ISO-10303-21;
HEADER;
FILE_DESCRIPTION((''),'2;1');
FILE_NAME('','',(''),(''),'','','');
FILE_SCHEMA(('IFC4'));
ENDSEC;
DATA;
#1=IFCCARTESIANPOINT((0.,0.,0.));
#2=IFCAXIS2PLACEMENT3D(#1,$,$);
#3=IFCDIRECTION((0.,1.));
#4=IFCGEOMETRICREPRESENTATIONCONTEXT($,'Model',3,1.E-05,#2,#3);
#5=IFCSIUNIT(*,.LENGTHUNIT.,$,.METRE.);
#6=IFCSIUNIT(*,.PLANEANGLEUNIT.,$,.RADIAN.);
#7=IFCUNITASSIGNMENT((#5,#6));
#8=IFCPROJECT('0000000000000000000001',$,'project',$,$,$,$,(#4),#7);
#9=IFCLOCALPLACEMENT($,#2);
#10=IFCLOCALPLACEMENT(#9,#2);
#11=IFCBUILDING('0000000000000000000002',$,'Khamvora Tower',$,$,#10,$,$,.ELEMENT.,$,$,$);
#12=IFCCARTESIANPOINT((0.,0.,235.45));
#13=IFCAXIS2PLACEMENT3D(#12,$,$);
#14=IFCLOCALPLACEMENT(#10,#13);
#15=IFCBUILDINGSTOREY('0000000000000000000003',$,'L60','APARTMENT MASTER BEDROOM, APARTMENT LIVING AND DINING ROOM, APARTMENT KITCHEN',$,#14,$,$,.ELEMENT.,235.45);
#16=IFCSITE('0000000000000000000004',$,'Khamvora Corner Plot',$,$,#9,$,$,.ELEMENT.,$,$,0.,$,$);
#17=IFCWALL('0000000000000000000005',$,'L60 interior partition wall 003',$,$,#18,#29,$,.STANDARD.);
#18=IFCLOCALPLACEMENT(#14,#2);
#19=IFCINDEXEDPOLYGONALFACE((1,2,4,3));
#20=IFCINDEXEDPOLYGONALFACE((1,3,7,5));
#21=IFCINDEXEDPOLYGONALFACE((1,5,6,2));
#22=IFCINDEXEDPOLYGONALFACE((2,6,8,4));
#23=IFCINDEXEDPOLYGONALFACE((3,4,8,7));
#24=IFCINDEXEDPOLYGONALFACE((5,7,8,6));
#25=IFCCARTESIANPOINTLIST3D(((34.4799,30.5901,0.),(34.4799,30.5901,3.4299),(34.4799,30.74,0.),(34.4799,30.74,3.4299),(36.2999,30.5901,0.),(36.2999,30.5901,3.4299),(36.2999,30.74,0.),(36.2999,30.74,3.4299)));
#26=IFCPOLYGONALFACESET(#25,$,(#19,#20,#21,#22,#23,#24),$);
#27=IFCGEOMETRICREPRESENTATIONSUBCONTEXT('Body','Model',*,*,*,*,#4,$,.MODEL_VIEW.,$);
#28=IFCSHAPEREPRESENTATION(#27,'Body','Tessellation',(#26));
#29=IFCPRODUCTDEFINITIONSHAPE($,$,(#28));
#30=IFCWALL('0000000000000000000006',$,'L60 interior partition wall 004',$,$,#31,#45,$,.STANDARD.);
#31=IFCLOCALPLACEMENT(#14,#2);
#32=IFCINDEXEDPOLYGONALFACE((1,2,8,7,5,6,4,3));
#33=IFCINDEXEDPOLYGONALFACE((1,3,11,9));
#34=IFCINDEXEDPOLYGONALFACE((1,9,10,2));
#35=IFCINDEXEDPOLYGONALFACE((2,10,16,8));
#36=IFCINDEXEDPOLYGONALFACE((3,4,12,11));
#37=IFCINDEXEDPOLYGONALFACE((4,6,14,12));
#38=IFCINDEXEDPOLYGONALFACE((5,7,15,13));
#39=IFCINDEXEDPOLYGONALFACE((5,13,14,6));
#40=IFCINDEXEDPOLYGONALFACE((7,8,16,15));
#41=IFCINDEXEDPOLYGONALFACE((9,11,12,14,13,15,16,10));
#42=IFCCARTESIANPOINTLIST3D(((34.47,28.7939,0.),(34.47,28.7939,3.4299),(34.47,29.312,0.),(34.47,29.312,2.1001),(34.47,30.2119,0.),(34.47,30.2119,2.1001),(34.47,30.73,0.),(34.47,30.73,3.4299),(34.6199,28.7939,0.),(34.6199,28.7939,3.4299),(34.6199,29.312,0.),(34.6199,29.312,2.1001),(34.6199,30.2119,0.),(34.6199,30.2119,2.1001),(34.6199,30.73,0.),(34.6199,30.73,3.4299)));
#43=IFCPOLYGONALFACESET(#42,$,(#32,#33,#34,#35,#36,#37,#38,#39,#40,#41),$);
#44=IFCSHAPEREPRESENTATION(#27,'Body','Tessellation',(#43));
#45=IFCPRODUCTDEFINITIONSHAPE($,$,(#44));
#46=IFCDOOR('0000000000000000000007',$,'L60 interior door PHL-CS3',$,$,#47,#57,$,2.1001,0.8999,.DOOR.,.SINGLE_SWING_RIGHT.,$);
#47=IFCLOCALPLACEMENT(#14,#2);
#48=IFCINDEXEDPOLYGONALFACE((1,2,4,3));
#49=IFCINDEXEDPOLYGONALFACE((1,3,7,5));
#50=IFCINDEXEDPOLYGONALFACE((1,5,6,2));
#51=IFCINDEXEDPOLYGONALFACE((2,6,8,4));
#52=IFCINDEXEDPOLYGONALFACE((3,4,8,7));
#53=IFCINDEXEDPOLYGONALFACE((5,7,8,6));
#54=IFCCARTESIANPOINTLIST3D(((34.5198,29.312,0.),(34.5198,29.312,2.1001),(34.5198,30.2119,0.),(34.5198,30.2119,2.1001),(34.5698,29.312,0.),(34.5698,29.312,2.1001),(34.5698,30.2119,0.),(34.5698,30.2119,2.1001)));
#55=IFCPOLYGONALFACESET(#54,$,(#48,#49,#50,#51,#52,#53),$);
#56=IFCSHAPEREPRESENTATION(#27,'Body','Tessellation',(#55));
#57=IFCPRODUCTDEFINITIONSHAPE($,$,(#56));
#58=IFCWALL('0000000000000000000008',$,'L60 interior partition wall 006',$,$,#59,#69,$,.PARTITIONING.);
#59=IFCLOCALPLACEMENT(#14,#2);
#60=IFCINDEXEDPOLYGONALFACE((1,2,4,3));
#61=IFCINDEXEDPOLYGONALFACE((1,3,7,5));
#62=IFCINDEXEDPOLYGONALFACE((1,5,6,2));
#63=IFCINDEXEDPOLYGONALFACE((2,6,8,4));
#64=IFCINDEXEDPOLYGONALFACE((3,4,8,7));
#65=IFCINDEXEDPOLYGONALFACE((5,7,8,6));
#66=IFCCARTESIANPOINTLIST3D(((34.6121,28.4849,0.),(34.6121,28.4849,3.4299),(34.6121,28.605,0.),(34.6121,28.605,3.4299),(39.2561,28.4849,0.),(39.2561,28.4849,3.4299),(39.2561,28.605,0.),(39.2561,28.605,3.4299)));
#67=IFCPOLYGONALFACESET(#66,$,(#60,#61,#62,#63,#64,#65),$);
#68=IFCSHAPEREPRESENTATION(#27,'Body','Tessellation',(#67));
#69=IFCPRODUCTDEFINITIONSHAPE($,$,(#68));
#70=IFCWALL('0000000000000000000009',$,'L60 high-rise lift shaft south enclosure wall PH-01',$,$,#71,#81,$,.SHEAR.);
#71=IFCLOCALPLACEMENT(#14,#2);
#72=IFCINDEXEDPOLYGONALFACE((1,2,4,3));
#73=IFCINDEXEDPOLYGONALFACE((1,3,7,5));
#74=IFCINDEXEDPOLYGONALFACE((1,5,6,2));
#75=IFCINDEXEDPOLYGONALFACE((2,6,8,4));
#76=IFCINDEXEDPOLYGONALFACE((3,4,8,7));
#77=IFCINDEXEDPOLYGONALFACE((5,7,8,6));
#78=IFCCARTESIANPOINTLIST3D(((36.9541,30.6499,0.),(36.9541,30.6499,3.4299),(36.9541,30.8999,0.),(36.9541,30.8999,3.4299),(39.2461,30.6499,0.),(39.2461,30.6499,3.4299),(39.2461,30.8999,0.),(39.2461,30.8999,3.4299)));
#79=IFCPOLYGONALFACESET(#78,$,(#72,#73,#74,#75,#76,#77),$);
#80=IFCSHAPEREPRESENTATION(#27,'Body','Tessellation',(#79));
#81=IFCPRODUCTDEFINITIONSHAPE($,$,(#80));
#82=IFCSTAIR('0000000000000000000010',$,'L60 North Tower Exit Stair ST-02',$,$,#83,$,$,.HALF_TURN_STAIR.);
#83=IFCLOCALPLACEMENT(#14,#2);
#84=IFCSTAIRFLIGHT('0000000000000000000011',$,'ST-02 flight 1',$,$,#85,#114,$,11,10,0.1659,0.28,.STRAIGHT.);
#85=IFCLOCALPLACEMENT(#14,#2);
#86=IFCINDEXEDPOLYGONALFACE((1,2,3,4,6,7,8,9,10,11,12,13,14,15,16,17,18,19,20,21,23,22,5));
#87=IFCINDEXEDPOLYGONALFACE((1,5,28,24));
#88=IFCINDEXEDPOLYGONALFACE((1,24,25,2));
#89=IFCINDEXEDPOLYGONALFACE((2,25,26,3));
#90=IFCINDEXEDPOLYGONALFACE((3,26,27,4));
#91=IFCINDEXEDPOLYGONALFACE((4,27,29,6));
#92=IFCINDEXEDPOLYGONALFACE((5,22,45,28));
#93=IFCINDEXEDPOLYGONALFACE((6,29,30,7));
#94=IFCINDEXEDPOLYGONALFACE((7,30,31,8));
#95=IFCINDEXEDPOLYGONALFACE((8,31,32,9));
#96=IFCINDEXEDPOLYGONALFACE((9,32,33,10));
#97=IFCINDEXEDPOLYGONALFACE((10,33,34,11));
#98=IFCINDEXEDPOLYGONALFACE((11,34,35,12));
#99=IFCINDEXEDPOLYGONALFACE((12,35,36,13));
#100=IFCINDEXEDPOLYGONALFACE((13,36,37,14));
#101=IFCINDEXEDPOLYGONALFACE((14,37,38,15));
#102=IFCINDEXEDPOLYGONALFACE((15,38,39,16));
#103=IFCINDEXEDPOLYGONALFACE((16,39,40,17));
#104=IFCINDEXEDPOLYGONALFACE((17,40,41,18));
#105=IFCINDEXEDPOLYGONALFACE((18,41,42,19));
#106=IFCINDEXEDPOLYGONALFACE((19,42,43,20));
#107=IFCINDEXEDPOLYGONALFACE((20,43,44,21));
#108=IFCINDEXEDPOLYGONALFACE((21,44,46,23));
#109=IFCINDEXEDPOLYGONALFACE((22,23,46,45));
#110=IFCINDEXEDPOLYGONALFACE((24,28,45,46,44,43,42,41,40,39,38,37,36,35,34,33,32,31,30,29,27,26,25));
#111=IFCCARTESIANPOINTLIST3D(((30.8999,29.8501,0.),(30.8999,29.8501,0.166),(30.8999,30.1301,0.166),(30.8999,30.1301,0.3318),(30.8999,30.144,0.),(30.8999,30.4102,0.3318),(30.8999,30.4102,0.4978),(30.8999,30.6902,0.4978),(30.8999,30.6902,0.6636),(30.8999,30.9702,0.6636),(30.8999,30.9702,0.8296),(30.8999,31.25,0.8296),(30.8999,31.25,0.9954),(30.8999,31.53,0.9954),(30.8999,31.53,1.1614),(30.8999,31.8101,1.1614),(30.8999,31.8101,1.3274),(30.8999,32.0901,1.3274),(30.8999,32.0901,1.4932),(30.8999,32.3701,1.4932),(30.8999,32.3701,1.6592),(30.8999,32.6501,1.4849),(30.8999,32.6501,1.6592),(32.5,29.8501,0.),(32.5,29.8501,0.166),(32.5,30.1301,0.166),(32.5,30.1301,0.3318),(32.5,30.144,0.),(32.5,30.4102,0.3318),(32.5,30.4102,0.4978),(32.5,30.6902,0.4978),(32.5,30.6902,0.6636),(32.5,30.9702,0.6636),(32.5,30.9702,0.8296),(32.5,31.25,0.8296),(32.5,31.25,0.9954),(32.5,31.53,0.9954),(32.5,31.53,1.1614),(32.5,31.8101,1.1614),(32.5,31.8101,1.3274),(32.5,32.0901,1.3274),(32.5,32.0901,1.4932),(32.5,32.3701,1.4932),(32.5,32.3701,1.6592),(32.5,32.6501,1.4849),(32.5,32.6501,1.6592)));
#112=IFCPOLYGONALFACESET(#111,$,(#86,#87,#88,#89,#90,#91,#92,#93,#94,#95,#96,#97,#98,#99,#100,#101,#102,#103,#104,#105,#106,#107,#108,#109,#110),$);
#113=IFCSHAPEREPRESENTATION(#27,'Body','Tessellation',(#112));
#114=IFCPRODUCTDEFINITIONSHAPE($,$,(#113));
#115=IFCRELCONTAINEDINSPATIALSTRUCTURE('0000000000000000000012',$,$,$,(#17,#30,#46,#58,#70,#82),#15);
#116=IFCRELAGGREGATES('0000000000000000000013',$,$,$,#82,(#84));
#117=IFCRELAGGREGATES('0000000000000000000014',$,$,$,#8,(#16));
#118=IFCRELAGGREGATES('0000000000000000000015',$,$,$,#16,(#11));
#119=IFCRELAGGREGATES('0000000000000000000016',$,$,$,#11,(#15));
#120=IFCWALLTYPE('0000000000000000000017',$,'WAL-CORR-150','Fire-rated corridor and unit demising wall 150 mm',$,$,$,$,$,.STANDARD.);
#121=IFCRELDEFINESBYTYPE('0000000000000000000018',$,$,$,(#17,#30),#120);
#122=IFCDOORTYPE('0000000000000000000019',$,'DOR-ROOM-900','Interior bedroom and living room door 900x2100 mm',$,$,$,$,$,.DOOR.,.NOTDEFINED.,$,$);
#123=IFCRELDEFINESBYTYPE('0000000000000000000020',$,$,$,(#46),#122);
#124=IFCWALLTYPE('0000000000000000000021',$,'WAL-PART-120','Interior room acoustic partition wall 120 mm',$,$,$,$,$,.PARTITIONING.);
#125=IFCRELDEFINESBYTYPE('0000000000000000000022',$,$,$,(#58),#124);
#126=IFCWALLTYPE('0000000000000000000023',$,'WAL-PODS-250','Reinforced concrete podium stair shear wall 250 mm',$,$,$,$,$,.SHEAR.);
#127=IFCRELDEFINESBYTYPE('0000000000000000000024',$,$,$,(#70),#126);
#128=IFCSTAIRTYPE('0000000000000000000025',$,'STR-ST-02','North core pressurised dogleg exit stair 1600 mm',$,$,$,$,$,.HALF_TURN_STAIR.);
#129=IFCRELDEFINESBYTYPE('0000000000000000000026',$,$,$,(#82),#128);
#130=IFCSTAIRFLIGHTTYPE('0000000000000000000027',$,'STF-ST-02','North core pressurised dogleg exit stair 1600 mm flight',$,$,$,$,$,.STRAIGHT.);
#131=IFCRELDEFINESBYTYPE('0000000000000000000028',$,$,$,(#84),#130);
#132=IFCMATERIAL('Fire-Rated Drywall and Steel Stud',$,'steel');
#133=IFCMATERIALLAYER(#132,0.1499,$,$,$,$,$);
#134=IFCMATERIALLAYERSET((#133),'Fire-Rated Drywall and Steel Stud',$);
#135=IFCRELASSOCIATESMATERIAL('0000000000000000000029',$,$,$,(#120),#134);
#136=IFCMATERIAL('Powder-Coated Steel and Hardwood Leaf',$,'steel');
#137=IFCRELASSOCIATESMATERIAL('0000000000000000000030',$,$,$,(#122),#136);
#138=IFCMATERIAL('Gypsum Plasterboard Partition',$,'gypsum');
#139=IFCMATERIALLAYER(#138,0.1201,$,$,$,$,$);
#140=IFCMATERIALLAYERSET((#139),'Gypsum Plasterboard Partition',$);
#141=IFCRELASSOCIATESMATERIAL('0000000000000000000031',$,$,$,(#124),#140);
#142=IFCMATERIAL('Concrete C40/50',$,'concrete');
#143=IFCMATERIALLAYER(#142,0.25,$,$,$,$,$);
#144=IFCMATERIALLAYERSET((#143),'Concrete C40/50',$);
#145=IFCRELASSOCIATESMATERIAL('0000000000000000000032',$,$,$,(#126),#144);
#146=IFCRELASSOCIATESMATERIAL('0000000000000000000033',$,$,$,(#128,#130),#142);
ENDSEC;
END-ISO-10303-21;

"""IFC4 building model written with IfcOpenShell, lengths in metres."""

from ifc_helpers import new_model, si_unit, direction, frame, frame_2d, origin, place, context, subcontext, project, spatial, polyline, rectangle, outline, extrude, material, layer, layer_set, type_object, element, fill, aggregate, save


model = new_model("IFC4")

# Units and contexts
model_context = context("Model", 3, precision=1e-05, world=origin(), true_north=direction((0.0, 1.0)))
body_context = subcontext(model_context, "Body", "Model", "MODEL_VIEW")
ifc_project = project(units=[si_unit("LENGTHUNIT", "METRE"), si_unit("PLANEANGLEUNIT", "RADIAN")], contexts=[model_context])

# Site, building, storey
site_placement = place(None, origin())
site = spatial("IfcSite", under=ifc_project, at=site_placement, Name="Khamvora Corner Plot", CompositionType="ELEMENT", RefElevation=0.0)
building_placement = place(site_placement, origin())
building = spatial("IfcBuilding", under=site, at=building_placement, Name="Khamvora Tower", CompositionType="ELEMENT")
storey_placement = place(building_placement, frame((0.0, 0.0, 235.45)))
storey = spatial("IfcBuildingStorey", under=building, at=storey_placement, Name="L60", Description="APARTMENT MASTER BEDROOM, APARTMENT LIVING AND DINING ROOM, APARTMENT KITCHEN", CompositionType="ELEMENT", Elevation=235.45)

# Shared definitions
ifc_material_1 = material(Name="Powder-Coated Steel and Hardwood Leaf", Category="steel")

# Shared definitions
ifc_material_2 = material(Name="Fire-Rated Drywall and Steel Stud", Category="steel")
ifc_layer_1 = layer(ifc_material_2, 0.1499)
ifc_layer_set_1 = layer_set([ifc_layer_1], Name="Fire-Rated Drywall and Steel Stud")
wall_type_1 = type_object("IfcWallType", Name="WAL-CORR-150", Description="Fire-rated corridor and unit demising wall 150 mm", PredefinedType="STANDARD", material=ifc_layer_set_1)
door_type_1 = type_object("IfcDoorType", Name="DOR-ROOM-900", Description="Interior bedroom and living room door 900x2100 mm", OperationType="NOTDEFINED", PredefinedType="DOOR", material=ifc_material_1)

# Wall
wall_1_placement = place(storey_placement, frame((36.3, 30.665, 0.0), z_axis=(0.0, 0.0, 1.0), x_axis=(-1.0, 0.0, 0.0)))
element("IfcWall", 1, at=wall_1_placement, inside=storey, type_object=wall_type_1, Name="L60 interior partition wall 003", PredefinedType="STANDARD", context=body_context, shape_type="SweptSolid", body=[
    extrude(rectangle(XDim=1.8201, YDim=0.1499, at=frame_2d((0.9102, 0.0))), origin(), (0.0, 0.0, 1.0), 3.4299),
])

# Wall, opening, door
wall_2_placement = place(storey_placement, frame((34.5449, 30.73, 0.0), z_axis=(0.0, 0.0, 1.0), x_axis=(0.0, -1.0, 0.0)))
wall_2 = element("IfcWall", 2, at=wall_2_placement, inside=storey, type_object=wall_type_1, Name="L60 interior partition wall 004", PredefinedType="STANDARD", context=body_context, shape_type="SweptSolid", body=[
    extrude(rectangle(XDim=1.936, YDim=0.1499, at=frame_2d((0.968, 0.0))), origin(), (0.0, 0.0, 1.0), 3.4299),
])
opening_1_placement = place(wall_2_placement, frame((0.5181, 0.0, 0.0)))
opening_1 = element("IfcOpeningElement", 3, at=opening_1_placement, cuts=wall_2, PredefinedType="OPENING", context=body_context, shape_type="SweptSolid", body=[
    extrude(rectangle(XDim=0.8999, YDim=2.1001, at=frame_2d((0.45, 1.05))), frame((0.0, 0.085, 0.0), z_axis=(0.0, -1.0, 0.0), x_axis=(1.0, 0.0, 0.0)), (0.0, 0.0, 1.0), 0.1699),
])
door_1_placement = place(opening_1_placement, origin())
door_1 = element("IfcDoor", 4, at=door_1_placement, inside=storey, type_object=door_type_1, Name="L60 interior door PHL-CS3", OperationType="SINGLE_SWING_RIGHT", OverallHeight=2.1001, OverallWidth=0.8999, PredefinedType="DOOR", context=body_context, shape_type="SweptSolid", body=[
    extrude(rectangle(XDim=0.8999, YDim=2.1001, at=frame_2d((0.45, 1.05))), frame((0.0, 0.0249, 0.0), z_axis=(0.0, -1.0, 0.0), x_axis=(1.0, 0.0, 0.0)), (0.0, 0.0, 1.0), 0.05),
])
fill(opening_1, door_1)

# Walls
ifc_material_3 = material(Name="Gypsum Plasterboard Partition", Category="gypsum")
ifc_layer_2 = layer(ifc_material_3, 0.1201)
ifc_layer_set_2 = layer_set([ifc_layer_2], Name="Gypsum Plasterboard Partition")
wall_type_2 = type_object("IfcWallType", Name="WAL-PART-120", Description="Interior room acoustic partition wall 120 mm", PredefinedType="PARTITIONING", material=ifc_layer_set_2)
wall_3_placement = place(storey_placement, frame((34.6121, 28.5449, 0.0), z_axis=(0.0, 0.0, 1.0), x_axis=(1.0, 0.0, 0.0)))
element("IfcWall", 5, at=wall_3_placement, inside=storey, type_object=wall_type_2, Name="L60 interior partition wall 006", PredefinedType="PARTITIONING", context=body_context, shape_type="SweptSolid", body=[
    extrude(rectangle(XDim=4.644, YDim=0.1201, at=frame_2d((2.322, 0.0))), origin(), (0.0, 0.0, 1.0), 3.4299),
])
ifc_material_4 = material(Name="Concrete C40/50", Category="concrete")
ifc_layer_3 = layer(ifc_material_4, 0.25)
ifc_layer_set_3 = layer_set([ifc_layer_3], Name="Concrete C40/50")
wall_type_3 = type_object("IfcWallType", Name="WAL-PODS-250", Description="Reinforced concrete podium stair shear wall 250 mm", PredefinedType="SHEAR", material=ifc_layer_set_3)
wall_4_placement = place(storey_placement, frame((36.9541, 30.7749, 0.0), z_axis=(0.0, 0.0, 1.0), x_axis=(1.0, 0.0, 0.0)))
element("IfcWall", 6, at=wall_4_placement, inside=storey, type_object=wall_type_3, Name="L60 high-rise lift shaft south enclosure wall PH-01", PredefinedType="SHEAR", context=body_context, shape_type="SweptSolid", body=[
    extrude(rectangle(XDim=2.292, YDim=0.25, at=frame_2d((1.146, 0.0))), origin(), (0.0, 0.0, 1.0), 3.4299),
])

# Stair, stair flight
stair_type = type_object("IfcStairType", Name="STR-ST-02", Description="North core pressurised dogleg exit stair 1600 mm", PredefinedType="HALF_TURN_STAIR", material=ifc_material_4)
stair_placement = place(storey_placement, origin())
stair = element("IfcStair", 7, at=stair_placement, inside=storey, type_object=stair_type, Name="L60 North Tower Exit Stair ST-02", PredefinedType="HALF_TURN_STAIR")
stair_flight_type = type_object("IfcStairFlightType", Name="STF-ST-02", Description="North core pressurised dogleg exit stair 1600 mm flight", PredefinedType="STRAIGHT", material=ifc_material_4)
stair_flight_placement = place(storey_placement, frame((31.7, 29.8501, 0.0), z_axis=(0.0, 0.0, 1.0), x_axis=(0.0, 1.0, 0.0)))
stair_flight = element("IfcStairFlight", 8, at=stair_flight_placement, type_object=stair_flight_type, Name="ST-02 flight 1", NumberOfRisers=11, NumberOfTreads=10, PredefinedType="STRAIGHT", RiserHeight=0.1659, TreadLength=0.28, context=body_context, shape_type="SweptSolid", body=[
    extrude(outline(polyline([(0.0, 0.0), (0.0, 0.166), (0.28, 0.166), (0.28, 0.3318), (0.5601, 0.3318), (0.5601, 0.4978), (0.8401, 0.4978), (0.8401, 0.6636), (1.1201, 0.6636), (1.1201, 0.8296), (1.3999, 0.8296), (1.3999, 0.9954), (1.6799, 0.9954), (1.6799, 1.1614), (1.96, 1.1614), (1.96, 1.3274), (2.24, 1.3274), (2.24, 1.4932), (2.52, 1.4932), (2.52, 1.6592), (2.8, 1.6592), (2.8, 1.825), (2.8, 1.4849), (0.2939, 0.0), (0.0, 0.0)])), frame((0.0, 0.8, 0.0), z_axis=(0.0, -1.0, 0.0), x_axis=(1.0, 0.0, 0.0)), (0.0, 0.0, 1.0), 1.6001),
])
aggregate(stair, [stair_flight])

save(model, "model.ifc")
